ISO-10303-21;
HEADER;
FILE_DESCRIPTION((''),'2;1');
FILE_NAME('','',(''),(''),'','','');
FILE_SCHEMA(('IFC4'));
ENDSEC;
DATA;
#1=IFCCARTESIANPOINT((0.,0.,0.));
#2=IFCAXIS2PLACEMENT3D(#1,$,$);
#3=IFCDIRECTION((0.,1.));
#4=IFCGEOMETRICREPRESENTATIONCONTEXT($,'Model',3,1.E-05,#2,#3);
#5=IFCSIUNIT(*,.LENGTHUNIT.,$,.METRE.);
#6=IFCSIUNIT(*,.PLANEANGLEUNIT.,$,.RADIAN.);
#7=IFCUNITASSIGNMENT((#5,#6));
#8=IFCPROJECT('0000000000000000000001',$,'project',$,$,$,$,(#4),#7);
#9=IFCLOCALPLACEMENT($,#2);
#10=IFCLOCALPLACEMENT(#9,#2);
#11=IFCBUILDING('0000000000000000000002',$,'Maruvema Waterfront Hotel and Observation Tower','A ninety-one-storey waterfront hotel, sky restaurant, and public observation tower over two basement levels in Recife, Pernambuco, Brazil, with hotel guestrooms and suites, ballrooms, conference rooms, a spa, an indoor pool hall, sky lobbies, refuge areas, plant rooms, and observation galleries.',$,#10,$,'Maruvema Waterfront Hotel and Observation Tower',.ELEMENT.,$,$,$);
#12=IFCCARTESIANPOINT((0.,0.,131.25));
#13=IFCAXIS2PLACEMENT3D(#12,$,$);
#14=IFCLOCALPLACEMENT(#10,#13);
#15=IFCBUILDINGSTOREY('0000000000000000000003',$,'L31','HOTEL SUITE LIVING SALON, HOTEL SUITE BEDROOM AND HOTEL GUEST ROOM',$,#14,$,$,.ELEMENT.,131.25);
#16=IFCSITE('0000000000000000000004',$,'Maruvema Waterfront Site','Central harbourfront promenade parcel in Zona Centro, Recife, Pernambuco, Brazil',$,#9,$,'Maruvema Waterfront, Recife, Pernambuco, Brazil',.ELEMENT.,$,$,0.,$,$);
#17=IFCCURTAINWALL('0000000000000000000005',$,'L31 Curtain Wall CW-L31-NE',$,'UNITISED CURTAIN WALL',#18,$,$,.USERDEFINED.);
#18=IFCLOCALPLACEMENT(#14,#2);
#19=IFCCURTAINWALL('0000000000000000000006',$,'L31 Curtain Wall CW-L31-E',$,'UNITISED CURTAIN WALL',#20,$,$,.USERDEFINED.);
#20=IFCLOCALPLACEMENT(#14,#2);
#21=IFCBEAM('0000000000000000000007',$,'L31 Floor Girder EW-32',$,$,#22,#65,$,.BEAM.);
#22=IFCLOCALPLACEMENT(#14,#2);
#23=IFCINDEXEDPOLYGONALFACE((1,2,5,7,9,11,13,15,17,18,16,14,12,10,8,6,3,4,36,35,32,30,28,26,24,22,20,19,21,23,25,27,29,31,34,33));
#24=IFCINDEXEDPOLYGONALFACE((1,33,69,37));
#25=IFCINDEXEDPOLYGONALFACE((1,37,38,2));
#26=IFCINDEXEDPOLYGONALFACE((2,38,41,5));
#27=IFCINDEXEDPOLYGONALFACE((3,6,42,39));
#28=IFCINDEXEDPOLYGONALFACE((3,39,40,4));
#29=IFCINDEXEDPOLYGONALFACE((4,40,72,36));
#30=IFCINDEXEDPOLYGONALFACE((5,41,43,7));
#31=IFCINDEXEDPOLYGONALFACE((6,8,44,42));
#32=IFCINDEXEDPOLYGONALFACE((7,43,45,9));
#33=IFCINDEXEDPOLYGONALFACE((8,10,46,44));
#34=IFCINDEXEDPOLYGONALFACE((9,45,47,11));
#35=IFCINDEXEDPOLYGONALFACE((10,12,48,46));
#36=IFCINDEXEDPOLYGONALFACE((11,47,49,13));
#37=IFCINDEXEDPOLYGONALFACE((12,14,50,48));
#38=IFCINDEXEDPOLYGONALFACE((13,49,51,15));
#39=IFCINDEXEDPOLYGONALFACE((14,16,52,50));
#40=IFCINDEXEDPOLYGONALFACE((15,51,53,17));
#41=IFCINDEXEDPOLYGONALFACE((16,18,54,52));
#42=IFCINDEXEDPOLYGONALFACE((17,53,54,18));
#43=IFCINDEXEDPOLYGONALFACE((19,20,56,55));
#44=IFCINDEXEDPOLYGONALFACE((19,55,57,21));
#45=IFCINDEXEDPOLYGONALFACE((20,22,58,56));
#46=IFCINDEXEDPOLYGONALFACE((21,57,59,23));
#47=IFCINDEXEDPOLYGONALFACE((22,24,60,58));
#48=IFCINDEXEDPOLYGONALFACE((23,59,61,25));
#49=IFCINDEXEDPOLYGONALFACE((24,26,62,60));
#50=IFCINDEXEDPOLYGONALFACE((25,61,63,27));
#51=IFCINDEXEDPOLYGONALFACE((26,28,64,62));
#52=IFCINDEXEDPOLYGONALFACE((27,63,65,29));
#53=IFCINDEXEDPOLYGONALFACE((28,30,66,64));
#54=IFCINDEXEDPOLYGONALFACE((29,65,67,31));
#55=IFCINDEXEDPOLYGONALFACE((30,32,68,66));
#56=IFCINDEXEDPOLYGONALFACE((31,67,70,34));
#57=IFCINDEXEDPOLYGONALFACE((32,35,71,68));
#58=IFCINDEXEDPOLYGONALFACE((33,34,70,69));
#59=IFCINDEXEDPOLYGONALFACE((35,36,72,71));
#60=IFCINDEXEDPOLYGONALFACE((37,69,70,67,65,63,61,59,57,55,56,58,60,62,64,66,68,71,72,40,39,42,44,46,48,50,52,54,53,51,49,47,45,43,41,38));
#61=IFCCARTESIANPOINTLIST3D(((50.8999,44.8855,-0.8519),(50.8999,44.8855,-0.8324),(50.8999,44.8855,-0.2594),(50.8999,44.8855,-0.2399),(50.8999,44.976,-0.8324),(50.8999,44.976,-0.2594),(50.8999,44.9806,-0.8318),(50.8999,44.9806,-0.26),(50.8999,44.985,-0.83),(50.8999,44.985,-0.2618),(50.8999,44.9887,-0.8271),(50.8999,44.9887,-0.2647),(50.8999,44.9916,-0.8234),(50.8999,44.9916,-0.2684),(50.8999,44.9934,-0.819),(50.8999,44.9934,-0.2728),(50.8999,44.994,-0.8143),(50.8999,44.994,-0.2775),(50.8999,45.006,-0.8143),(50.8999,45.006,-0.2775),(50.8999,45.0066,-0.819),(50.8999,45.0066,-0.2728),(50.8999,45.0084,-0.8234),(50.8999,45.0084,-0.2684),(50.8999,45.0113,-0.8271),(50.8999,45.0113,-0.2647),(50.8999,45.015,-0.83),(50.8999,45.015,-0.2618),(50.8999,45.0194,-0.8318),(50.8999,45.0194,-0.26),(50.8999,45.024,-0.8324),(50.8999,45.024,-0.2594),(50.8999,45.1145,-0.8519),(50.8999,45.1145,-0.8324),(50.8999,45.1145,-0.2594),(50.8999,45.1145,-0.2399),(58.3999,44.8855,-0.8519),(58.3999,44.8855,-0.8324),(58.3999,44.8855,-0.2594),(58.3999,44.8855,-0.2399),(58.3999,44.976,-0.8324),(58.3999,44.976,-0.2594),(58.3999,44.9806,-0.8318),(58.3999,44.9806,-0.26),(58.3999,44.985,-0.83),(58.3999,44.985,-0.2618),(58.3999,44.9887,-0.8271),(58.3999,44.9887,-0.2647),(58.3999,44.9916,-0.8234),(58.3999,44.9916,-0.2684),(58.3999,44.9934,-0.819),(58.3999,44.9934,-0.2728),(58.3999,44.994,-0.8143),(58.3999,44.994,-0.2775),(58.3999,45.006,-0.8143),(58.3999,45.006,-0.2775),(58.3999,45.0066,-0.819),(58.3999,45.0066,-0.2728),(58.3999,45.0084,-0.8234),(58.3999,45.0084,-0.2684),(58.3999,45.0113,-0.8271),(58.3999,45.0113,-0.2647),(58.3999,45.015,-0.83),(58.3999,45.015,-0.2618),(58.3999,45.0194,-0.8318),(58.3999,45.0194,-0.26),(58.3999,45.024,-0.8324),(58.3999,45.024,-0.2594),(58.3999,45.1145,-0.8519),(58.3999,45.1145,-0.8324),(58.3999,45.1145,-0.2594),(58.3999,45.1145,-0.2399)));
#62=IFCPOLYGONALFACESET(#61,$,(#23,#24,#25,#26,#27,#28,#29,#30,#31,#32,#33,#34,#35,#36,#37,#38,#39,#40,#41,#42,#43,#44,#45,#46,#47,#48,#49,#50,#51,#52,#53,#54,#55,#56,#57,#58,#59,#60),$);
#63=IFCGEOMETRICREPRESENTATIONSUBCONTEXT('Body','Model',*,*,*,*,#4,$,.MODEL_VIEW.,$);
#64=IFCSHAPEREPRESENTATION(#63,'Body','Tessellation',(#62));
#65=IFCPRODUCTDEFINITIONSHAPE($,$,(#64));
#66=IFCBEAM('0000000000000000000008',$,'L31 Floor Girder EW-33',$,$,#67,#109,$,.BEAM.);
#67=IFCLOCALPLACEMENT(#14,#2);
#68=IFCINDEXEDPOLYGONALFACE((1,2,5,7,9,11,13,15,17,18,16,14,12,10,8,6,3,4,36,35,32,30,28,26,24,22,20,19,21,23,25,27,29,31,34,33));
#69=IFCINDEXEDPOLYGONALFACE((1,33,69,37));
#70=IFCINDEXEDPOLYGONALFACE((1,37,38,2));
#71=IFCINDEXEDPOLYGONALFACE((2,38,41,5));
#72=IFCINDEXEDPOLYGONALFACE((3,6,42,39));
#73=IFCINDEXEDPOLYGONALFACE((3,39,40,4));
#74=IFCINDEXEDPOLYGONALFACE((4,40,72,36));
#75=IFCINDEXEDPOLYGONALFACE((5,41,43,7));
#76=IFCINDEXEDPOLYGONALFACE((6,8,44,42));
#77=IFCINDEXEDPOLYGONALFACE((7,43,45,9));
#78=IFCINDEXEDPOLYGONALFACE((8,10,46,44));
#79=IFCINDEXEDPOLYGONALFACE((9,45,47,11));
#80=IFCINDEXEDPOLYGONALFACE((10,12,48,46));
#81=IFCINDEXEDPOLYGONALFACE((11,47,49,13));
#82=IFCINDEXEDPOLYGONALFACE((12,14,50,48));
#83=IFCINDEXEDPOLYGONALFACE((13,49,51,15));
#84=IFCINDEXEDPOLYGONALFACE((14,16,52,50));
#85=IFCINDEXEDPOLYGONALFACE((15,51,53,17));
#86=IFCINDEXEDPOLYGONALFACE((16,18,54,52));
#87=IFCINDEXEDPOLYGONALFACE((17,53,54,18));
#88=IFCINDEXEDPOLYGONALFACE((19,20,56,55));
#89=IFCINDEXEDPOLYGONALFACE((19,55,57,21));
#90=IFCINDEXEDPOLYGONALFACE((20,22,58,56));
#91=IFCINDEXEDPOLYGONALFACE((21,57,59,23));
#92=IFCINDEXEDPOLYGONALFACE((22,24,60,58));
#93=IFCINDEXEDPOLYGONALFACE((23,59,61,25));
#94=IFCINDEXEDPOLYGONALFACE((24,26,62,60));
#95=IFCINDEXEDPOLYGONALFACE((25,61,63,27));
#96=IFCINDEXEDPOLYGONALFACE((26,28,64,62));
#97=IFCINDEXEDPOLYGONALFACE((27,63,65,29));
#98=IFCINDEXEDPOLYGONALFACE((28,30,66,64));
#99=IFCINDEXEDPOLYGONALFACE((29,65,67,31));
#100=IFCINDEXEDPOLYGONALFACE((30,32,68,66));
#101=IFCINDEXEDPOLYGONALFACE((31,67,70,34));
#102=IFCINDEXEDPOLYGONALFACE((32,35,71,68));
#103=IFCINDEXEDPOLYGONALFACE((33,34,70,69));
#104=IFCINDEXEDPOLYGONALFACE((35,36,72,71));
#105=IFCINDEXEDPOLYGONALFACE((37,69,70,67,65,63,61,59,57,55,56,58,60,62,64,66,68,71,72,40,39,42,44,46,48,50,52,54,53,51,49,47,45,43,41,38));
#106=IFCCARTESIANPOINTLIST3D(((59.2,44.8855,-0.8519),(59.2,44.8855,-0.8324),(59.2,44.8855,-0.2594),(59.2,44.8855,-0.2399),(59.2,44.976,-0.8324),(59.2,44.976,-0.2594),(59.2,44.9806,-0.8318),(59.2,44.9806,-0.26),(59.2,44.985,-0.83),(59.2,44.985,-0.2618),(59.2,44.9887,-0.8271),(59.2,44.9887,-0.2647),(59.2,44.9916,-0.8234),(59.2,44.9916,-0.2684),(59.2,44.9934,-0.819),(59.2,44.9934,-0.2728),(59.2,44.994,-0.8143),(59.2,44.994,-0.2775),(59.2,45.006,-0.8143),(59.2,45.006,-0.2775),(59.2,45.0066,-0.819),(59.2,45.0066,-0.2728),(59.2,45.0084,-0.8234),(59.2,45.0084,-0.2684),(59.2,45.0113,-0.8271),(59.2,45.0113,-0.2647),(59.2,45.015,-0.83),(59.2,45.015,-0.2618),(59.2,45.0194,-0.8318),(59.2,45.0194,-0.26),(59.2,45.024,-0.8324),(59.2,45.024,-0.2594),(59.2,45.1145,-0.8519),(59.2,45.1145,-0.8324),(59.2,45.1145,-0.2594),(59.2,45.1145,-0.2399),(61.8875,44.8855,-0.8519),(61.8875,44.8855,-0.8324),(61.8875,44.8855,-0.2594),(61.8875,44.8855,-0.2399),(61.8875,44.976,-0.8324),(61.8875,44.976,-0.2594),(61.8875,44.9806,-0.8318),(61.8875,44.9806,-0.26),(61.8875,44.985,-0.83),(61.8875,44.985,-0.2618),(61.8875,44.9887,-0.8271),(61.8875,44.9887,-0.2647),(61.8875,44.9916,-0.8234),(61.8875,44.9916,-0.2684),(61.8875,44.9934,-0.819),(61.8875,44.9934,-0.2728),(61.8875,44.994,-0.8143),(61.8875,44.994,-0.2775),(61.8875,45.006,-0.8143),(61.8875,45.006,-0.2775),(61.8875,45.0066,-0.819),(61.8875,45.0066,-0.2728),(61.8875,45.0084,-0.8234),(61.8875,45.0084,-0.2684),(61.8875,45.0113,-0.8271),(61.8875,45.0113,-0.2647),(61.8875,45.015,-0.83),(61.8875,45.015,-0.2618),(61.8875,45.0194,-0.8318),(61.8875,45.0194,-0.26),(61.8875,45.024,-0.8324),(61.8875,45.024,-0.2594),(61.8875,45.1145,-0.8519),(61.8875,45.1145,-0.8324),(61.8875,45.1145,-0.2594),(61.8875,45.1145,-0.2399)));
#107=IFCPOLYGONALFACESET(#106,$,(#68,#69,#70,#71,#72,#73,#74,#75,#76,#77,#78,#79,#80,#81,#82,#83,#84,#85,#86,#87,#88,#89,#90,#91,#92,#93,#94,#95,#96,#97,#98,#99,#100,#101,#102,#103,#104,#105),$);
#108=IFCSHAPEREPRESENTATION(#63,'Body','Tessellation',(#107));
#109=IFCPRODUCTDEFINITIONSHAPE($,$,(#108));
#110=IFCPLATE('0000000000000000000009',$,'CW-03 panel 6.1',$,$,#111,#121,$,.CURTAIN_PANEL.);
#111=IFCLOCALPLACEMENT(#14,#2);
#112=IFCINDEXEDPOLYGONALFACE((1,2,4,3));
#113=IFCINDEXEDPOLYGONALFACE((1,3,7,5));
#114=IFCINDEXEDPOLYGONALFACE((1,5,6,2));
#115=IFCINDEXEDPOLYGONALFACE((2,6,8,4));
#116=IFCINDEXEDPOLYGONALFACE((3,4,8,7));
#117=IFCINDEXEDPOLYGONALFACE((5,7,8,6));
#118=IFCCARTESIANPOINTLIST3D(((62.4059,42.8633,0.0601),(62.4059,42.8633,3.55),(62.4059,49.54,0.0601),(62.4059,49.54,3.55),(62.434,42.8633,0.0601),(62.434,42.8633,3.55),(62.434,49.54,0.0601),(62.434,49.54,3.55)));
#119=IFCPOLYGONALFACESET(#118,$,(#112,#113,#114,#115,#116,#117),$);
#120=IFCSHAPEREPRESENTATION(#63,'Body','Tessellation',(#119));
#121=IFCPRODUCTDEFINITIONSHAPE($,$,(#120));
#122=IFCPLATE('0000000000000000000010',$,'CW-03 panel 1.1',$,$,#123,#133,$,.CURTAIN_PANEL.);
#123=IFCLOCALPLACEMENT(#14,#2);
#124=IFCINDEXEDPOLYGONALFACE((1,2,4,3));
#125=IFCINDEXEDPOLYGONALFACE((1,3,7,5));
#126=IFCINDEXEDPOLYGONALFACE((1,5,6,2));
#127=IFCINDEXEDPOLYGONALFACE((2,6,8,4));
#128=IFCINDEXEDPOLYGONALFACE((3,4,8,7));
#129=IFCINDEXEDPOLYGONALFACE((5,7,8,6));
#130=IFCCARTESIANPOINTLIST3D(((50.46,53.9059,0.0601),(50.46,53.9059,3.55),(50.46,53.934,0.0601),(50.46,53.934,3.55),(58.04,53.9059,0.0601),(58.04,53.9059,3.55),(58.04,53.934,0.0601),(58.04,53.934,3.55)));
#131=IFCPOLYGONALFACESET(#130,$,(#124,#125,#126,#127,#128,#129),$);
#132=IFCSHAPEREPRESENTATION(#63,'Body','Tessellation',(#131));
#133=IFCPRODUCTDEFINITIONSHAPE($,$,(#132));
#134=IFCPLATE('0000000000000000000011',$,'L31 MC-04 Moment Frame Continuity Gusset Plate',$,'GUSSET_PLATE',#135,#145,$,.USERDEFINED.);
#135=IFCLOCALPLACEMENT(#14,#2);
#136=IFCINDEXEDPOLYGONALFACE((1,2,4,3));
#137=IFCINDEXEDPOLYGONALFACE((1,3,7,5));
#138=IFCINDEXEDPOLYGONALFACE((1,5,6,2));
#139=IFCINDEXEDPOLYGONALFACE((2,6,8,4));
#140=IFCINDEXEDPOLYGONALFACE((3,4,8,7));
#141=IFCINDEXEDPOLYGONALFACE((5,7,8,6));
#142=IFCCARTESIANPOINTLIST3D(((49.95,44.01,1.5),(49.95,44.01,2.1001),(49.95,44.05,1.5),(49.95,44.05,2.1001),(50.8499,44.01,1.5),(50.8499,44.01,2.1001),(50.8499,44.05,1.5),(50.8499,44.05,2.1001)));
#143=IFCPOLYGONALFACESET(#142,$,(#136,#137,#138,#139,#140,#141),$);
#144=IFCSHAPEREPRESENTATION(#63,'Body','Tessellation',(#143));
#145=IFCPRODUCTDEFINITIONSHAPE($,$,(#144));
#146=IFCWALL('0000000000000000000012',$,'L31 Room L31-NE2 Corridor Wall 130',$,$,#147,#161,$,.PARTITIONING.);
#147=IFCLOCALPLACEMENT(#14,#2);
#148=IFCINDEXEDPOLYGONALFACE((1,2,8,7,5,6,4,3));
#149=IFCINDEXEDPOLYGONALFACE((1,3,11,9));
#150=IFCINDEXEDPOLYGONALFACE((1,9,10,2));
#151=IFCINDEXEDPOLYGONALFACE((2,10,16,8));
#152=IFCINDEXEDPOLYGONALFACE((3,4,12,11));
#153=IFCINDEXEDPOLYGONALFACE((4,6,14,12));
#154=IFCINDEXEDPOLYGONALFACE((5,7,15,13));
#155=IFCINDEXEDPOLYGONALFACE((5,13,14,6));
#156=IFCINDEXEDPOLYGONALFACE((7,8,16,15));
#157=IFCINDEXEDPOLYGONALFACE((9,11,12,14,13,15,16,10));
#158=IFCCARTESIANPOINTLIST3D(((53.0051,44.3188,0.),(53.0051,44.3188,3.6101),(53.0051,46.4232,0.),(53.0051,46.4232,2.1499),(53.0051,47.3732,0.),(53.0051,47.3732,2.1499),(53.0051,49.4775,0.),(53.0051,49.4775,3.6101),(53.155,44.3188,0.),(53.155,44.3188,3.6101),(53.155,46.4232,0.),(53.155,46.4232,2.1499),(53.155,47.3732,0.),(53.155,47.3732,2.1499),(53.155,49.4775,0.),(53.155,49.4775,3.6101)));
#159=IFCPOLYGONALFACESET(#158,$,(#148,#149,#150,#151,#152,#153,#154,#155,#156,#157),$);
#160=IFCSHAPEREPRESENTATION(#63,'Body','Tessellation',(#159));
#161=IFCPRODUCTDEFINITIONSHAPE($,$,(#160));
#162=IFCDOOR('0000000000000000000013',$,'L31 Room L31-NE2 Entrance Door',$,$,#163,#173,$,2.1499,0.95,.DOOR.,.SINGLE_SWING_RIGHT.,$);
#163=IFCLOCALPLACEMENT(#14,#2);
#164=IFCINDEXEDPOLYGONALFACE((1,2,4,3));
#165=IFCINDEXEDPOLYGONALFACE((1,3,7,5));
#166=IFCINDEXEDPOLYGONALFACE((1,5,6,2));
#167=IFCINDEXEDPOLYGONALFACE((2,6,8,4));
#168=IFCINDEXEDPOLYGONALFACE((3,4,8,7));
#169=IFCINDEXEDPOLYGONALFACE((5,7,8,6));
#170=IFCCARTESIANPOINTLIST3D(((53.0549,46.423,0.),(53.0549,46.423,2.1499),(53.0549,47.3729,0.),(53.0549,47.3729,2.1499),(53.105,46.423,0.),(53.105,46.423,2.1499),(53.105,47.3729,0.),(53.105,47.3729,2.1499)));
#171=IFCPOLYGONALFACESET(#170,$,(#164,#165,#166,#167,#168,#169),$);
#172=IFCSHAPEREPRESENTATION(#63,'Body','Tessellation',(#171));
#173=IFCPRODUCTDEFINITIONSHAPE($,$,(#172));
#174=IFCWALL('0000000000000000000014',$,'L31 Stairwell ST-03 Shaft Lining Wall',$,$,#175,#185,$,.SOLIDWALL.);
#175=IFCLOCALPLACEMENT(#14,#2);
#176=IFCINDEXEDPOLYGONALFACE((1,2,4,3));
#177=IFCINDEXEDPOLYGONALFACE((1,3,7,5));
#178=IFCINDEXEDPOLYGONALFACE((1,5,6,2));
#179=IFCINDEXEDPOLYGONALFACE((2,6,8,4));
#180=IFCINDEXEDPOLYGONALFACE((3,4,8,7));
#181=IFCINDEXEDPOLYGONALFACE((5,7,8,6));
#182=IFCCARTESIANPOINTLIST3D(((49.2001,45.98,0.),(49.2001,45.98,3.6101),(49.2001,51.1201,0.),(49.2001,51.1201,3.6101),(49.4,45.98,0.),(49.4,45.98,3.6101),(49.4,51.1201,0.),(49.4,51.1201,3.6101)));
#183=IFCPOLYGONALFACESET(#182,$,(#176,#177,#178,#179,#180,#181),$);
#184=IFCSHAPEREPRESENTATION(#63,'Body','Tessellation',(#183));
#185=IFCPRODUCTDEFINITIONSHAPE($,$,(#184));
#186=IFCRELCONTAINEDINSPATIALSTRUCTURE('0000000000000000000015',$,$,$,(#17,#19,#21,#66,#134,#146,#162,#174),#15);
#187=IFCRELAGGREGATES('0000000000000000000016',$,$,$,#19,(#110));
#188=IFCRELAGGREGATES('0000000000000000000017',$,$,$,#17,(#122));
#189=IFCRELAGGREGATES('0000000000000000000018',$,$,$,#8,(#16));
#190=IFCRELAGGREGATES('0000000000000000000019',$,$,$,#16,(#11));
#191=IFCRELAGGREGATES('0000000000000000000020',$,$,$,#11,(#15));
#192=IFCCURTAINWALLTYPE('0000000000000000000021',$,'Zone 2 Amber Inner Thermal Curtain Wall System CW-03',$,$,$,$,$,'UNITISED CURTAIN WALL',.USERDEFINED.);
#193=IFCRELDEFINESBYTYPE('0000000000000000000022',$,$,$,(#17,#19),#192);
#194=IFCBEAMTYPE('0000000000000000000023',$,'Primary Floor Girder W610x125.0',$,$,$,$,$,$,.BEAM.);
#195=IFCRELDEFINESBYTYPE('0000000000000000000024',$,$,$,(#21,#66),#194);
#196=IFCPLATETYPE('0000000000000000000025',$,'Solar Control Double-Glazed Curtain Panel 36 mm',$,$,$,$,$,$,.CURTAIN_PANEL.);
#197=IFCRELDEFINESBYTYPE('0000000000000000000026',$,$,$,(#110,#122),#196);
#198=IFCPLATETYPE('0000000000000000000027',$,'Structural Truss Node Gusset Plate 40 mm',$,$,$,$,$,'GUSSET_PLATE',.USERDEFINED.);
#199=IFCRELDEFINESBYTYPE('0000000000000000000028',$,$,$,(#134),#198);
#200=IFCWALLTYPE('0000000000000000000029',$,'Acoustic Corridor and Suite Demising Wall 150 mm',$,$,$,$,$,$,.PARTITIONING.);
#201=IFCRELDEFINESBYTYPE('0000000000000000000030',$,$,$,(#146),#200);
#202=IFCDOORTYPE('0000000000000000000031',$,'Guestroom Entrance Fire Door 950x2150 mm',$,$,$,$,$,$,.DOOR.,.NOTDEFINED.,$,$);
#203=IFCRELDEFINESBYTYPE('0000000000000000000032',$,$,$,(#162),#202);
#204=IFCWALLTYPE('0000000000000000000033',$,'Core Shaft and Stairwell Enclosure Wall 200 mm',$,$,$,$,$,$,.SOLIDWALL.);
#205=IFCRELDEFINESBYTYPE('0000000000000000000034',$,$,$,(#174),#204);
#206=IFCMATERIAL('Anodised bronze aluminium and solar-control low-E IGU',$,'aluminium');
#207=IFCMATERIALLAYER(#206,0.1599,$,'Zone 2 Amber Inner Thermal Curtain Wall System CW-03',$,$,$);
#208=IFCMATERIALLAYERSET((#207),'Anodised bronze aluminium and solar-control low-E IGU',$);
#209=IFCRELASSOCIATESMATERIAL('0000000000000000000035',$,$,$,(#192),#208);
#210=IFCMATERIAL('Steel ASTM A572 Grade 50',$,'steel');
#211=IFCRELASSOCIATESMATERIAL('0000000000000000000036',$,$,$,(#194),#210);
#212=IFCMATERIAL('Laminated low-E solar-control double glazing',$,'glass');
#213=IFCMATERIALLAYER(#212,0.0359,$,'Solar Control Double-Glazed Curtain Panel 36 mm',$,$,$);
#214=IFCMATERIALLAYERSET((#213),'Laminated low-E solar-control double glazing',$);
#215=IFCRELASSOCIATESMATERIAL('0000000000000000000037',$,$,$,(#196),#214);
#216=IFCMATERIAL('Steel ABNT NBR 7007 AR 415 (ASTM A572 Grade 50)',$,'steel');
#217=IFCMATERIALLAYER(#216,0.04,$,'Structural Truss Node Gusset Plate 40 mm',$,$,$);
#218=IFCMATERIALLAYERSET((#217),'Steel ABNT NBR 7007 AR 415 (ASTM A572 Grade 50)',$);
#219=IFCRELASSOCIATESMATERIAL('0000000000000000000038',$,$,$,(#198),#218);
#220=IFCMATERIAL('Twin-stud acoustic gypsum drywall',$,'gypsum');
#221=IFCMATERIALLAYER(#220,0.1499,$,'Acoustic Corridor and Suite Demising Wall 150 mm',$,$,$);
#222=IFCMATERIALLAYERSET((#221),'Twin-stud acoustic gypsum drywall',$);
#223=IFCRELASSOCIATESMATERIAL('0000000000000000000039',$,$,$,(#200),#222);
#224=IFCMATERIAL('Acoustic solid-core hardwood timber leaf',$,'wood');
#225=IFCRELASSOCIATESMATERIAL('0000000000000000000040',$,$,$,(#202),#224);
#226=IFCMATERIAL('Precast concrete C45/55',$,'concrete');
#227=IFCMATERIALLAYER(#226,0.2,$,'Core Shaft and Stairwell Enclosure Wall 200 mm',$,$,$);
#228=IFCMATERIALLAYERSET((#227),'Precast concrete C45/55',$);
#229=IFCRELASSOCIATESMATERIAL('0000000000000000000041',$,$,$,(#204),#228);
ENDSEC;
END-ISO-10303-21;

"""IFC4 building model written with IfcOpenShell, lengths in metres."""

from ifc_helpers import new_model, si_unit, direction, frame, frame_2d, origin, origin_2d, place, context, subcontext, project, spatial, rectangle, i_section, extrude, material, layer, layer_set, material_profile, profile_set, type_object, element, fill, aggregate, save


model = new_model("IFC4")

# Units and contexts
model_context = context("Model", 3, precision=1e-05, world=origin(), true_north=direction((0.0, 1.0)))
body_context = subcontext(model_context, "Body", "Model", "MODEL_VIEW")
ifc_project = project(units=[si_unit("LENGTHUNIT", "METRE"), si_unit("PLANEANGLEUNIT", "RADIAN")], contexts=[model_context])

# Site, building, storey
site_placement = place(None, origin())
site = spatial("IfcSite", under=ifc_project, at=site_placement, Name="Maruvema Waterfront Site", Description="Central harbourfront promenade parcel in Zona Centro, Recife, Pernambuco, Brazil", LongName="Maruvema Waterfront, Recife, Pernambuco, Brazil", CompositionType="ELEMENT", RefElevation=0.0)
building_placement = place(site_placement, origin())
building = spatial("IfcBuilding", under=site, at=building_placement, Name="Maruvema Waterfront Hotel and Observation Tower", Description="A ninety-one-storey waterfront hotel, sky restaurant, and public observation tower over two basement levels in Recife, Pernambuco, Brazil, with hotel guestrooms and suites, ballrooms, conference rooms, a spa, an indoor pool hall, sky lobbies, refuge areas, plant rooms, and observation galleries.", LongName="Maruvema Waterfront Hotel and Observation Tower", CompositionType="ELEMENT")
storey_placement = place(building_placement, frame((0.0, 0.0, 131.25)))
storey = spatial("IfcBuildingStorey", under=building, at=storey_placement, Name="L31", Description="HOTEL SUITE LIVING SALON, HOTEL SUITE BEDROOM AND HOTEL GUEST ROOM", CompositionType="ELEMENT", Elevation=131.25)

# Curtain wall
ifc_material_1 = material(Name="Anodised bronze aluminium and solar-control low-E IGU", Category="aluminium")
ifc_layer_1 = layer(ifc_material_1, 0.1599, Name="Zone 2 Amber Inner Thermal Curtain Wall System CW-03")
ifc_layer_set_1 = layer_set([ifc_layer_1], Name="Anodised bronze aluminium and solar-control low-E IGU")
curtain_wall_type = type_object("IfcCurtainWallType", Name="Zone 2 Amber Inner Thermal Curtain Wall System CW-03", ElementType="UNITISED CURTAIN WALL", PredefinedType="USERDEFINED", material=ifc_layer_set_1)
curtain_wall_1_placement = place(storey_placement, origin())
curtain_wall_1 = element("IfcCurtainWall", 1, at=curtain_wall_1_placement, inside=storey, type_object=curtain_wall_type, Name="L31 Curtain Wall CW-L31-NE", ObjectType="UNITISED CURTAIN WALL", PredefinedType="USERDEFINED")

# Curtain wall
curtain_wall_2_placement = place(storey_placement, origin())
curtain_wall_2 = element("IfcCurtainWall", 2, at=curtain_wall_2_placement, inside=storey, type_object=curtain_wall_type, Name="L31 Curtain Wall CW-L31-E", ObjectType="UNITISED CURTAIN WALL", PredefinedType="USERDEFINED")

# Beams
ifc_material_2 = material(Name="Steel ASTM A572 Grade 50", Category="steel")
ifc_material_profile_1 = material_profile(ifc_material_2, i_section(OverallWidth=0.229, OverallDepth=0.6121, WebThickness=0.012, FlangeThickness=0.0195, FilletRadius=0.0181, at=origin_2d()), Name="W610x125.0")
ifc_profile_set_1 = profile_set([ifc_material_profile_1], Name="Steel ASTM A572 Grade 50")
beam_type = type_object("IfcBeamType", Name="Primary Floor Girder W610x125.0", PredefinedType="BEAM", material=ifc_profile_set_1)
beam_1_placement = place(storey_placement, frame((50.8999, 45.0, -0.5459), z_axis=(1.0, 0.0, 0.0), x_axis=(0.0, 1.0, 0.0)))
element("IfcBeam", 3, at=beam_1_placement, inside=storey, type_object=beam_type, Name="L31 Floor Girder EW-32", PredefinedType="BEAM", context=body_context, shape_type="SweptSolid", body=[
    extrude(i_section(OverallWidth=0.229, OverallDepth=0.6121, WebThickness=0.012, FlangeThickness=0.0195, FilletRadius=0.0181, at=origin_2d()), origin(), (0.0, 0.0, 1.0), 7.5),
])
beam_2_placement = place(storey_placement, frame((59.2, 45.0, -0.5459), z_axis=(1.0, 0.0, 0.0), x_axis=(0.0, 1.0, 0.0)))
element("IfcBeam", 4, at=beam_2_placement, inside=storey, type_object=beam_type, Name="L31 Floor Girder EW-33", PredefinedType="BEAM", context=body_context, shape_type="SweptSolid", body=[
    extrude(i_section(OverallWidth=0.229, OverallDepth=0.6121, WebThickness=0.012, FlangeThickness=0.0195, FilletRadius=0.0181, at=origin_2d()), origin(), (0.0, 0.0, 1.0), 2.6875),
])

# Plates
ifc_material_3 = material(Name="Laminated low-E solar-control double glazing", Category="glass")
ifc_layer_2 = layer(ifc_material_3, 0.0359, Name="Solar Control Double-Glazed Curtain Panel 36 mm")
ifc_layer_set_2 = layer_set([ifc_layer_2], Name="Laminated low-E solar-control double glazing")
plate_type_1 = type_object("IfcPlateType", Name="Solar Control Double-Glazed Curtain Panel 36 mm", PredefinedType="CURTAIN_PANEL", material=ifc_layer_set_2)
plate_1_placement = place(storey_placement, frame((62.4199, 46.2017, 0.0601), z_axis=(0.0, 0.0, 1.0), x_axis=(0.0, 1.0, 0.0)))
plate_1 = element("IfcPlate", 5, at=plate_1_placement, type_object=plate_type_1, Name="CW-03 panel 6.1", PredefinedType="CURTAIN_PANEL", context=body_context, shape_type="SweptSolid", body=[
    extrude(rectangle(XDim=6.6768, YDim=0.0281, at=origin_2d()), origin(), (0.0, 0.0, 1.0), 3.49),
])
aggregate(curtain_wall_2, [plate_1])
plate_2_placement = place(storey_placement, frame((54.25, 53.9199, 0.0601), z_axis=(0.0, 0.0, 1.0), x_axis=(-1.0, 0.0, 0.0)))
plate_2 = element("IfcPlate", 6, at=plate_2_placement, type_object=plate_type_1, Name="CW-03 panel 1.1", PredefinedType="CURTAIN_PANEL", context=body_context, shape_type="SweptSolid", body=[
    extrude(rectangle(XDim=7.5801, YDim=0.0281, at=origin_2d()), origin(), (0.0, 0.0, 1.0), 3.49),
])
aggregate(curtain_wall_1, [plate_2])
ifc_material_4 = material(Name="Steel ABNT NBR 7007 AR 415 (ASTM A572 Grade 50)", Category="steel")
ifc_layer_3 = layer(ifc_material_4, 0.04, Name="Structural Truss Node Gusset Plate 40 mm")
ifc_layer_set_3 = layer_set([ifc_layer_3], Name="Steel ABNT NBR 7007 AR 415 (ASTM A572 Grade 50)")
plate_type_2 = type_object("IfcPlateType", Name="Structural Truss Node Gusset Plate 40 mm", ElementType="GUSSET_PLATE", PredefinedType="USERDEFINED", material=ifc_layer_set_3)
plate_3_placement = place(storey_placement, frame((50.3999, 44.03, 1.5), z_axis=(0.0, 0.0, 1.0), x_axis=(1.0, 0.0, 0.0)))
element("IfcPlate", 7, at=plate_3_placement, inside=storey, type_object=plate_type_2, Name="L31 MC-04 Moment Frame Continuity Gusset Plate", ObjectType="GUSSET_PLATE", PredefinedType="USERDEFINED", context=body_context, shape_type="SweptSolid", body=[
    extrude(rectangle(XDim=0.8999, YDim=0.04, at=origin_2d()), origin(), (0.0, 0.0, 1.0), 0.6001),
])

# Wall, opening, door
ifc_material_5 = material(Name="Twin-stud acoustic gypsum drywall", Category="gypsum")
ifc_layer_4 = layer(ifc_material_5, 0.1499, Name="Acoustic Corridor and Suite Demising Wall 150 mm")
ifc_layer_set_4 = layer_set([ifc_layer_4], Name="Twin-stud acoustic gypsum drywall")
wall_type_1 = type_object("IfcWallType", Name="Acoustic Corridor and Suite Demising Wall 150 mm", PredefinedType="PARTITIONING", material=ifc_layer_set_4)
wall_1_placement = place(storey_placement, frame((53.0801, 44.3188, 0.0), z_axis=(0.0, 0.0, 1.0), x_axis=(0.0, 1.0, 0.0)))
wall_1 = element("IfcWall", 8, at=wall_1_placement, inside=storey, type_object=wall_type_1, Name="L31 Room L31-NE2 Corridor Wall 130", PredefinedType="PARTITIONING", context=body_context, shape_type="SweptSolid", body=[
    extrude(rectangle(XDim=5.1587, YDim=0.1499, at=frame_2d((2.5793, 0.0))), origin(), (0.0, 0.0, 1.0), 3.6101),
])
opening_1_placement = place(wall_1_placement, frame((2.1042, 0.0, 0.0)))
opening_1 = element("IfcOpeningElement", 9, at=opening_1_placement, cuts=wall_1, PredefinedType="OPENING", context=body_context, shape_type="SweptSolid", body=[
    extrude(rectangle(XDim=0.95, YDim=2.1499, at=frame_2d((0.4751, 1.075))), frame((0.0, 0.085, 0.0), z_axis=(0.0, -1.0, 0.0), x_axis=(1.0, 0.0, 0.0)), (0.0, 0.0, 1.0), 0.1699),
])
ifc_material_6 = material(Name="Acoustic solid-core hardwood timber leaf", Category="wood")
door_type_1 = type_object("IfcDoorType", Name="Guestroom Entrance Fire Door 950x2150 mm", OperationType="NOTDEFINED", PredefinedType="DOOR", material=ifc_material_6)
door_1_placement = place(opening_1_placement, frame((0.95, 0.0, 0.0), z_axis=(0.0, 0.0, 1.0), x_axis=(-1.0, 0.0, 0.0)))
door_1 = element("IfcDoor", 10, at=door_1_placement, inside=storey, type_object=door_type_1, Name="L31 Room L31-NE2 Entrance Door", OperationType="SINGLE_SWING_RIGHT", OverallHeight=2.1499, OverallWidth=0.95, PredefinedType="DOOR", context=body_context, shape_type="SweptSolid", body=[
    extrude(rectangle(XDim=0.95, YDim=2.1499, at=frame_2d((0.4751, 1.075))), frame((0.0, 0.0249, 0.0), z_axis=(0.0, -1.0, 0.0), x_axis=(1.0, 0.0, 0.0)), (0.0, 0.0, 1.0), 0.05),
])
fill(opening_1, door_1)

# Wall
ifc_material_7 = material(Name="Precast concrete C45/55", Category="concrete")
ifc_layer_5 = layer(ifc_material_7, 0.2, Name="Core Shaft and Stairwell Enclosure Wall 200 mm")
ifc_layer_set_5 = layer_set([ifc_layer_5], Name="Precast concrete C45/55")
wall_type_2 = type_object("IfcWallType", Name="Core Shaft and Stairwell Enclosure Wall 200 mm", PredefinedType="SOLIDWALL", material=ifc_layer_set_5)
wall_2_placement = place(storey_placement, frame((49.3, 45.98, 0.0), z_axis=(0.0, 0.0, 1.0), x_axis=(0.0, 1.0, 0.0)))
element("IfcWall", 11, at=wall_2_placement, inside=storey, type_object=wall_type_2, Name="L31 Stairwell ST-03 Shaft Lining Wall", PredefinedType="SOLIDWALL", context=body_context, shape_type="SweptSolid", body=[
    extrude(rectangle(XDim=5.1401, YDim=0.2, at=frame_2d((2.5701, 0.0))), origin(), (0.0, 0.0, 1.0), 3.6101),
])

save(model, "model.ifc")
